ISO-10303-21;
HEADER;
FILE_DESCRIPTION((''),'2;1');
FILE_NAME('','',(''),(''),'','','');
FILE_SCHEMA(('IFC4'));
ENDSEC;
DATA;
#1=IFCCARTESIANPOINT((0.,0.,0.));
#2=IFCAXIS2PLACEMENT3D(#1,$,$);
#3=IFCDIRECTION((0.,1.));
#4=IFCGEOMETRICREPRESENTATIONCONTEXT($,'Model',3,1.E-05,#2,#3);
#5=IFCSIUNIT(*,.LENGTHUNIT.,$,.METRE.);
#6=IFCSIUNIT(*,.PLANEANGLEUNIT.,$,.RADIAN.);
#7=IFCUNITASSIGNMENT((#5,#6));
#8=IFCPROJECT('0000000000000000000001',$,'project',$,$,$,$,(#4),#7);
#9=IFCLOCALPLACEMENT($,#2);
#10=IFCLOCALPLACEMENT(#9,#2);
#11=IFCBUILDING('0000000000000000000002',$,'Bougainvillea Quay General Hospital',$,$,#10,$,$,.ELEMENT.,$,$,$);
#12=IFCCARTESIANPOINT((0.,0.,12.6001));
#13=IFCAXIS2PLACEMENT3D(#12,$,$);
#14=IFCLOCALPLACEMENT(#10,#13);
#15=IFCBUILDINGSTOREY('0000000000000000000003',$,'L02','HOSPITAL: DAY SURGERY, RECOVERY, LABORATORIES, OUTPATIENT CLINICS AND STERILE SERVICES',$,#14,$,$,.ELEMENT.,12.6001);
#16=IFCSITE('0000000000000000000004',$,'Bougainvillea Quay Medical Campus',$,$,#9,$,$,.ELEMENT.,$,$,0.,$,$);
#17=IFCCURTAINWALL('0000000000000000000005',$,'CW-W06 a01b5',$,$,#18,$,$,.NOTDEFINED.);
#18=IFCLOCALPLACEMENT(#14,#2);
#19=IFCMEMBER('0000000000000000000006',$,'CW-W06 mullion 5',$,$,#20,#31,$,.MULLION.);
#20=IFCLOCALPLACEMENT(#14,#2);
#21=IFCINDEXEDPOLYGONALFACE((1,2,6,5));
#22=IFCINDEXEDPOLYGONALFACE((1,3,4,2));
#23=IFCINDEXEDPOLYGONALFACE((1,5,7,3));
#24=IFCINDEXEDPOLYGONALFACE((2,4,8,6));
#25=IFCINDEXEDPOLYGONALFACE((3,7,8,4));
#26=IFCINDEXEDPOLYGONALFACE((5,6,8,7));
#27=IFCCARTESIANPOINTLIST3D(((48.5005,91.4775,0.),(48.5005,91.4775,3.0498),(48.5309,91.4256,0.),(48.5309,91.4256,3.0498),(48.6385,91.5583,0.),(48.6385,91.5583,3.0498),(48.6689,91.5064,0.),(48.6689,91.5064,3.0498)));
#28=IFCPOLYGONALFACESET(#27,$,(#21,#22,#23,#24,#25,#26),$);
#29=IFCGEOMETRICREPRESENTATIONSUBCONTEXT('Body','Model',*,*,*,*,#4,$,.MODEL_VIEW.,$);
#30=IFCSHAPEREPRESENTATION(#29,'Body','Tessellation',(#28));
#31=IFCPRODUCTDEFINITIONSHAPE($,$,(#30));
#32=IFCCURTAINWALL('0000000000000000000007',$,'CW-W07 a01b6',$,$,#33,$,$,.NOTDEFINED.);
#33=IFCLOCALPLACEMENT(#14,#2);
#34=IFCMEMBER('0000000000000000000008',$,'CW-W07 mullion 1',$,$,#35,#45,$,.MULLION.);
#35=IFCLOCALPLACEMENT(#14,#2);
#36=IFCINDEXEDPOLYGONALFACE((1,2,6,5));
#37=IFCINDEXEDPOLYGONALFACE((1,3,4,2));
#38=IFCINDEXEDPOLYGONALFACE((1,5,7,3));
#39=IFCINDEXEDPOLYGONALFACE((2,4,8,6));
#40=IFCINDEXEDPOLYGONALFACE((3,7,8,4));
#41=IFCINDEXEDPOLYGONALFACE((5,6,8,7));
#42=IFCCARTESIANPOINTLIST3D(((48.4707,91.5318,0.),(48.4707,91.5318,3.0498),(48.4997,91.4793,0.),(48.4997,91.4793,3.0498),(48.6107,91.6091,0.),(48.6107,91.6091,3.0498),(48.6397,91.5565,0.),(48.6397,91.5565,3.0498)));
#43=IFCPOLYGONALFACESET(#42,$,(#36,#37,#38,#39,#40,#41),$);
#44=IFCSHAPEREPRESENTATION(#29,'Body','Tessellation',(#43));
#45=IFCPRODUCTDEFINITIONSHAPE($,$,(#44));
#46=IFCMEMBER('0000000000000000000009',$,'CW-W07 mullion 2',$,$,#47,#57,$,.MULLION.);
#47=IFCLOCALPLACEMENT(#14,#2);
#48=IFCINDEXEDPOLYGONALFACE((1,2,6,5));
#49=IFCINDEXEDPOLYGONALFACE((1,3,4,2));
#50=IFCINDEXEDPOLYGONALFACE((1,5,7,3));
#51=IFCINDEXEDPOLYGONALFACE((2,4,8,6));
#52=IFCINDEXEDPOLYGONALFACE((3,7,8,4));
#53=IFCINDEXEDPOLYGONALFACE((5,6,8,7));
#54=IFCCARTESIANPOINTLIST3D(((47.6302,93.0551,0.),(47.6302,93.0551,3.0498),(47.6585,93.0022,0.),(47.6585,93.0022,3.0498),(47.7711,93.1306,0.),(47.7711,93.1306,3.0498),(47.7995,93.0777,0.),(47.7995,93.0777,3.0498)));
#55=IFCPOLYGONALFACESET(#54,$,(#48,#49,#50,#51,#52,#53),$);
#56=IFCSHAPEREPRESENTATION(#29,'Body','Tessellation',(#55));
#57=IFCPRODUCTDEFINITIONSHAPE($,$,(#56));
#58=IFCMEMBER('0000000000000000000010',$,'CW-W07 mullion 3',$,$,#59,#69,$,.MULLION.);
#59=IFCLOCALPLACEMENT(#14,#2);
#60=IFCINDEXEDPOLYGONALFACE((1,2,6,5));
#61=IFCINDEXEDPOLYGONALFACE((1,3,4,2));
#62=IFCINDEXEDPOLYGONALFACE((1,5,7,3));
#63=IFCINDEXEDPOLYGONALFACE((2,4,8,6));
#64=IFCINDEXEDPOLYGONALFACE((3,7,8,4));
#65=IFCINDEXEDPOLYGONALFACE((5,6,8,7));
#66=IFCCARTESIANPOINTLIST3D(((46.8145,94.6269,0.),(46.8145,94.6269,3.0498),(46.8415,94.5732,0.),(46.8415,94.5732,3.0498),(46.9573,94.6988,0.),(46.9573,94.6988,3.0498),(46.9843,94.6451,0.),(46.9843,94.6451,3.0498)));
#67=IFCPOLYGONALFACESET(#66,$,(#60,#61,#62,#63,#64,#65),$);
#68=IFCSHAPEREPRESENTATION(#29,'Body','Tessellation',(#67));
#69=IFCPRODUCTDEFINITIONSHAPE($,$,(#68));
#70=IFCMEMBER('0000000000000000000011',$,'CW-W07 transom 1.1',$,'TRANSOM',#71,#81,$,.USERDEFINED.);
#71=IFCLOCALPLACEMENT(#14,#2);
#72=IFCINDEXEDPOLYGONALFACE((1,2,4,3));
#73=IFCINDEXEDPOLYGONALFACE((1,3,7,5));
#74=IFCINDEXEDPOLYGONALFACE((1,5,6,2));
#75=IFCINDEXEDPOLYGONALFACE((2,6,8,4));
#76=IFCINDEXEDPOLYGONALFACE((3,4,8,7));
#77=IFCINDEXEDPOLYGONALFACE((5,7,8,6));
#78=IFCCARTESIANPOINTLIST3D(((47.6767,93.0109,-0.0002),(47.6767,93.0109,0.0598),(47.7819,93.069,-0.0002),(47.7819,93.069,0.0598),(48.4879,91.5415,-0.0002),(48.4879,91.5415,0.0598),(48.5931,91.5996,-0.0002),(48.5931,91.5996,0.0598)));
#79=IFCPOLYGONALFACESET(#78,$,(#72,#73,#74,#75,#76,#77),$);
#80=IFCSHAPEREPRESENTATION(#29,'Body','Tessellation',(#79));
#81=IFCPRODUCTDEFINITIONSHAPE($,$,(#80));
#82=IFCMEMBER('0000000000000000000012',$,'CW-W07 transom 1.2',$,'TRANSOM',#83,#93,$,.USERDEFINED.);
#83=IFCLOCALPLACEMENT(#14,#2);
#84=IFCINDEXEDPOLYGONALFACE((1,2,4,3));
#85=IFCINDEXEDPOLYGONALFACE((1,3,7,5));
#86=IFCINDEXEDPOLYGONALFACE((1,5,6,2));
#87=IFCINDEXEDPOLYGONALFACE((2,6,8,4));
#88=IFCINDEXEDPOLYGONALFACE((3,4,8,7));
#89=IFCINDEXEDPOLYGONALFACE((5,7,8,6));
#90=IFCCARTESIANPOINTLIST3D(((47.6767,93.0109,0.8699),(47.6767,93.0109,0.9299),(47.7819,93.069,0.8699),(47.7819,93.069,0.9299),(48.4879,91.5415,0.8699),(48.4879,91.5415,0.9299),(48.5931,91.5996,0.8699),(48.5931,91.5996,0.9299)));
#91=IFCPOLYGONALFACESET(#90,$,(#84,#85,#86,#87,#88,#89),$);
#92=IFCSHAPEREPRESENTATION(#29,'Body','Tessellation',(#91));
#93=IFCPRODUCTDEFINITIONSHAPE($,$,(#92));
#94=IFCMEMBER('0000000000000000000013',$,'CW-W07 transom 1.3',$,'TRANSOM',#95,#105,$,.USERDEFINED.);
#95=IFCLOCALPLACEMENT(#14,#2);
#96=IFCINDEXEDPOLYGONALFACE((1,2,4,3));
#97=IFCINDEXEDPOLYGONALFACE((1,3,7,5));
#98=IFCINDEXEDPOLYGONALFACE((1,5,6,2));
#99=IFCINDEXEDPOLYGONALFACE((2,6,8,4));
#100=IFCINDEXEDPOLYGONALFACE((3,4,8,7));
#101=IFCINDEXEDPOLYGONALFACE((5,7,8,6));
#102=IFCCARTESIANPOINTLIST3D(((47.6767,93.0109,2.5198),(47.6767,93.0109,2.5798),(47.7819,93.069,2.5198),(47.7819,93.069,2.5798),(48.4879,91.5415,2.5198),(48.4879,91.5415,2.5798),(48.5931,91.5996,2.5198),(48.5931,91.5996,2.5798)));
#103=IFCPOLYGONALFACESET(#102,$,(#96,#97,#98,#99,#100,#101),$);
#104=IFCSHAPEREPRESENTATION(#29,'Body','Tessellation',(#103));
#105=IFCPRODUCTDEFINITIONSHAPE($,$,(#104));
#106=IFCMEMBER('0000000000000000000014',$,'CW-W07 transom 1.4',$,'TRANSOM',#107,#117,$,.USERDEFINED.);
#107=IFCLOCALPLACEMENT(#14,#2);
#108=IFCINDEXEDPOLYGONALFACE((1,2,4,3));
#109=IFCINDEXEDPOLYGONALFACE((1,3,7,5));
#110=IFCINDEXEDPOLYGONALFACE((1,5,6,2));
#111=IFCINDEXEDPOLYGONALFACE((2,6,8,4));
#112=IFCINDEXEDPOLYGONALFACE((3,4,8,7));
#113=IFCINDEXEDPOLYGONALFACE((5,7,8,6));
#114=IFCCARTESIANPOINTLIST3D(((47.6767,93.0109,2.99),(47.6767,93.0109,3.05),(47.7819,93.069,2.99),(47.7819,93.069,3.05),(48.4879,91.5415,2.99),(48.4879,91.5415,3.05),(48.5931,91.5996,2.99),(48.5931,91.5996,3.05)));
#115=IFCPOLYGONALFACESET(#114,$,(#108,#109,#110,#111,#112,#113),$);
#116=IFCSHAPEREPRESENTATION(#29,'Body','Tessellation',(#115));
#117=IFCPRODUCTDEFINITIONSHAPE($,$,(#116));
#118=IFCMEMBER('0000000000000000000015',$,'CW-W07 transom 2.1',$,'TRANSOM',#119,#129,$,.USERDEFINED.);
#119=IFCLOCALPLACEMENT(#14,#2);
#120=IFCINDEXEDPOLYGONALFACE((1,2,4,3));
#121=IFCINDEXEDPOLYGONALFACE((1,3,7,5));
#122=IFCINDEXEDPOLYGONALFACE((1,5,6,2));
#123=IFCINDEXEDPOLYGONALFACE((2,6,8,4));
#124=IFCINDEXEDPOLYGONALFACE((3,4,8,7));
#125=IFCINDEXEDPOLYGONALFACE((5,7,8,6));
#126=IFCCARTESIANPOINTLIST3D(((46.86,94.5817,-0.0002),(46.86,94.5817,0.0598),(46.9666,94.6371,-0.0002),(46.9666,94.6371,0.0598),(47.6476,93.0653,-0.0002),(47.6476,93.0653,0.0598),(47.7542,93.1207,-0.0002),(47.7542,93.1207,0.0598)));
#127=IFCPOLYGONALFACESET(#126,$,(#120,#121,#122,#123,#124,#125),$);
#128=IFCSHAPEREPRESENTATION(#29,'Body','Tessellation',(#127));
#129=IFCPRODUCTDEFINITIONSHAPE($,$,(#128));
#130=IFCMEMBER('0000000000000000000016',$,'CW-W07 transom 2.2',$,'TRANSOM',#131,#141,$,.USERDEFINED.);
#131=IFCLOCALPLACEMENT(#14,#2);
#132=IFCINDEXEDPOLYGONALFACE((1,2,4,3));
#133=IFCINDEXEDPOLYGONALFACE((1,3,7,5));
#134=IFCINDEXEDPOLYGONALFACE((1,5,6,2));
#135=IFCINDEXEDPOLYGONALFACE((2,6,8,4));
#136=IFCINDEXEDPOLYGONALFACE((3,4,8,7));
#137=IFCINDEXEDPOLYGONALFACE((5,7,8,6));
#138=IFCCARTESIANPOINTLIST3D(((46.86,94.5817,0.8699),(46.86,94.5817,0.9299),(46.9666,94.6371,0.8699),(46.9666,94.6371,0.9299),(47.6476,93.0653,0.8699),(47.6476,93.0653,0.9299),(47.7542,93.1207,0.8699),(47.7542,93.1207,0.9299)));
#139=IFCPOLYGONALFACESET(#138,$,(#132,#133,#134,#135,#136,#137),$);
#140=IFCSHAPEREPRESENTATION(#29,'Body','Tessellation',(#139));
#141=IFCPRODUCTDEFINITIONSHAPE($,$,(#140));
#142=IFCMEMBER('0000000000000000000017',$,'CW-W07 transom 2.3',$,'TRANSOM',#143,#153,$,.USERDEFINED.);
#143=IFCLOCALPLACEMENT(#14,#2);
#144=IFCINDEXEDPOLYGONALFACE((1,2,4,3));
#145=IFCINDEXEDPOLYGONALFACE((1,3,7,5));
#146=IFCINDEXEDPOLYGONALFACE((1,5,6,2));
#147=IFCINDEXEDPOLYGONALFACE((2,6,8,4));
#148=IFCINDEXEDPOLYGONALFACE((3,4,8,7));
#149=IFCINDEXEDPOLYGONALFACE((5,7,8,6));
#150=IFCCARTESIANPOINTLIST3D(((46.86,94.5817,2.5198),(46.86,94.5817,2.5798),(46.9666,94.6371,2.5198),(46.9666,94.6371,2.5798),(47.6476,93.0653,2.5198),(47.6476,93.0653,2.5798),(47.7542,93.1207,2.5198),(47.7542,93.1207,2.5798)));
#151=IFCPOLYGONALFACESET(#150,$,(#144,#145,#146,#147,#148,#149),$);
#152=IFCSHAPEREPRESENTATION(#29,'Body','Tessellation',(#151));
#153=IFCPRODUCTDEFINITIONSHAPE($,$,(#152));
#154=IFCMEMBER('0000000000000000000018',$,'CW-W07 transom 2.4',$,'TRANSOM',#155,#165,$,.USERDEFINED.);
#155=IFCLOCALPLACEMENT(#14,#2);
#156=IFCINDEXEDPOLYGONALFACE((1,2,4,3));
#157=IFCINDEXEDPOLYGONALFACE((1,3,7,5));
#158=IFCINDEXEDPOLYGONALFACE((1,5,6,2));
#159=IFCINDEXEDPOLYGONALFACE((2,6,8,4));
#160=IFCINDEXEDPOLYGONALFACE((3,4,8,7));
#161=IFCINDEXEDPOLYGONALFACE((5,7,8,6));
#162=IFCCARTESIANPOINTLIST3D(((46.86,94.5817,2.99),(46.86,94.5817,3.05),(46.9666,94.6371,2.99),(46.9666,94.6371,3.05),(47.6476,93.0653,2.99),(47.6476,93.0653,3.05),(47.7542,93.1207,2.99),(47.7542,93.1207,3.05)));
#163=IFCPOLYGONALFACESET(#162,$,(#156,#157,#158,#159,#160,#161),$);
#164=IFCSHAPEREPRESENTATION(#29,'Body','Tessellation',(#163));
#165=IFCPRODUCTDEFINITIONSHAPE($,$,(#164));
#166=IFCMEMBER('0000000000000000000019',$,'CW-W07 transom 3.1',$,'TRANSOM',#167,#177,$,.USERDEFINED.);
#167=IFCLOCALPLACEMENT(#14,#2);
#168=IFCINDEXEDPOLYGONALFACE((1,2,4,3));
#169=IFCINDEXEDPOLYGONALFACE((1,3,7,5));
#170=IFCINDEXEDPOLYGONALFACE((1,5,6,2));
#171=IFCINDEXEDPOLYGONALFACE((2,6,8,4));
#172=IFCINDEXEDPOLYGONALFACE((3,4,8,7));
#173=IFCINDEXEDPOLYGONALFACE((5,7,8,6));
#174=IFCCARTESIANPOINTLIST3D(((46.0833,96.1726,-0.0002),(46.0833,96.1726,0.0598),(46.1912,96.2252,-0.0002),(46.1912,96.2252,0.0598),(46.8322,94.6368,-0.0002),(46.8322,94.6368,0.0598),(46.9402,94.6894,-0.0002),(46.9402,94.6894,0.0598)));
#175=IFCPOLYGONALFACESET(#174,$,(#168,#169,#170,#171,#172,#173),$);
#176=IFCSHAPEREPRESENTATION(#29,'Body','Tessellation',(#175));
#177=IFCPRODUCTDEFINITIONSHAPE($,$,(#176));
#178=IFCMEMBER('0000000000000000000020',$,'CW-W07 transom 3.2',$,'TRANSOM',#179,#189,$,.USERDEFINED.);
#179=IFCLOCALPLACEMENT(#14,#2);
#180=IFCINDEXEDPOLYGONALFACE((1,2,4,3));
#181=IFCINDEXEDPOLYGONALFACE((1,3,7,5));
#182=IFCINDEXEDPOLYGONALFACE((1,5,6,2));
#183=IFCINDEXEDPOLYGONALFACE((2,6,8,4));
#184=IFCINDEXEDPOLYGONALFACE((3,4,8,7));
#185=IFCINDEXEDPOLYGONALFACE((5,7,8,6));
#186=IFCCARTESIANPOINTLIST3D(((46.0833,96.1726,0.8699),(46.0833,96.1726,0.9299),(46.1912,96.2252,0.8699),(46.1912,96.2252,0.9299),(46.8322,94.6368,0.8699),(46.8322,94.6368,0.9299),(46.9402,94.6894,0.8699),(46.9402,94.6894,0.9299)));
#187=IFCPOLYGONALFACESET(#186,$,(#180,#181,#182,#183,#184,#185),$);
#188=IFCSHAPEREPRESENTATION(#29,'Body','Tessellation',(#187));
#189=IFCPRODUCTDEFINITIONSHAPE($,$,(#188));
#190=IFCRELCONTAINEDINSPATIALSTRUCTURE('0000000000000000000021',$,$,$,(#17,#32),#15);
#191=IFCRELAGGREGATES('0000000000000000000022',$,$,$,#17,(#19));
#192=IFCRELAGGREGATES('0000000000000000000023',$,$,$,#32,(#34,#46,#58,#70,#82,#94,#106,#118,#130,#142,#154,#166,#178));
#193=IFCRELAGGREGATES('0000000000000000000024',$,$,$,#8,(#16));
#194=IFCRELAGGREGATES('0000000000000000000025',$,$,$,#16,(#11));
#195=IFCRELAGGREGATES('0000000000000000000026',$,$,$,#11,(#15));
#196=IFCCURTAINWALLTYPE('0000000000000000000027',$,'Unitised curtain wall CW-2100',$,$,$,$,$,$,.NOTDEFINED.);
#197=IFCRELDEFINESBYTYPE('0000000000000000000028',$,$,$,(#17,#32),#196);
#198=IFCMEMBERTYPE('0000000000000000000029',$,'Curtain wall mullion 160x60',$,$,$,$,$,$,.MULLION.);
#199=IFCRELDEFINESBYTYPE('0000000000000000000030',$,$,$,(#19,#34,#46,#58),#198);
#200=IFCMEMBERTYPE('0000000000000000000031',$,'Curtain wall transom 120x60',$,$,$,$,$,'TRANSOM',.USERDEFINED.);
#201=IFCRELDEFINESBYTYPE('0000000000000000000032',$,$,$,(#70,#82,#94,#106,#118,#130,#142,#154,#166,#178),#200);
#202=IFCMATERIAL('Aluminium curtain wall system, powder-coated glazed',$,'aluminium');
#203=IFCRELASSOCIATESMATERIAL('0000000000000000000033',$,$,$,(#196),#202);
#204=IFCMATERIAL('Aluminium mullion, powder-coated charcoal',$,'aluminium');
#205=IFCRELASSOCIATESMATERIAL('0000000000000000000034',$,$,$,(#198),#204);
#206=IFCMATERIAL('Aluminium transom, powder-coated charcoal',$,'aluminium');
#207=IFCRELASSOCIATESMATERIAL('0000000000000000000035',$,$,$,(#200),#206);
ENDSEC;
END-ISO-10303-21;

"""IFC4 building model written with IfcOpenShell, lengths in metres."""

from ifc_helpers import new_model, si_unit, direction, frame, origin, origin_2d, place, context, subcontext, project, spatial, rectangle, extrude, material, material_profile, profile_set, type_object, element, aggregate, save


model = new_model("IFC4")

# Units and contexts
model_context = context("Model", 3, precision=1e-05, world=origin(), true_north=direction((0.0, 1.0)))
body_context = subcontext(model_context, "Body", "Model", "MODEL_VIEW")
ifc_project = project(units=[si_unit("LENGTHUNIT", "METRE"), si_unit("PLANEANGLEUNIT", "RADIAN")], contexts=[model_context])

# Site, building, storey
site_placement = place(None, origin())
site = spatial("IfcSite", under=ifc_project, at=site_placement, Name="Bougainvillea Quay Medical Campus", CompositionType="ELEMENT", RefElevation=0.0)
building_placement = place(site_placement, origin())
building = spatial("IfcBuilding", under=site, at=building_placement, Name="Bougainvillea Quay General Hospital", CompositionType="ELEMENT")
storey_placement = place(building_placement, frame((0.0, 0.0, 12.6001)))
storey = spatial("IfcBuildingStorey", under=building, at=storey_placement, Name="L02", Description="HOSPITAL: DAY SURGERY, RECOVERY, LABORATORIES, OUTPATIENT CLINICS AND STERILE SERVICES", CompositionType="ELEMENT", Elevation=12.6001)

# Curtain wall, member
ifc_material_1 = material(Name="Aluminium curtain wall system, powder-coated glazed", Category="aluminium")
curtain_wall_type = type_object("IfcCurtainWallType", Name="Unitised curtain wall CW-2100", PredefinedType="NOTDEFINED", material=ifc_material_1)
curtain_wall_1_placement = place(storey_placement, origin())
curtain_wall_1 = element("IfcCurtainWall", 1, at=curtain_wall_1_placement, inside=storey, type_object=curtain_wall_type, Name="CW-W06 a01b5", PredefinedType="NOTDEFINED")
ifc_material_2 = material(Name="Aluminium mullion, powder-coated charcoal", Category="aluminium")
ifc_material_profile_1 = material_profile(ifc_material_2, rectangle(XDim=0.1599, YDim=0.0601, at=origin_2d()))
ifc_profile_set_1 = profile_set([ifc_material_profile_1], Name="Aluminium mullion, powder-coated charcoal")
member_type_1 = type_object("IfcMemberType", Name="Curtain wall mullion 160x60", PredefinedType="MULLION", material=ifc_profile_set_1)
member_1_placement = place(storey_placement, frame((48.5847, 91.4919, 0.0), z_axis=(0.0, 0.0, 1.0), x_axis=(-0.862915, -0.505349, 0.0)))
member_1 = element("IfcMember", 2, at=member_1_placement, type_object=member_type_1, Name="CW-W06 mullion 5", PredefinedType="MULLION", context=body_context, shape_type="SweptSolid", body=[
    extrude(rectangle(XDim=0.1599, YDim=0.0601, at=origin_2d()), origin(), (0.0, 0.0, 1.0), 3.0498),
])
aggregate(curtain_wall_1, [member_1])

# Curtain wall, members
curtain_wall_2_placement = place(storey_placement, origin())
curtain_wall_2 = element("IfcCurtainWall", 3, at=curtain_wall_2_placement, inside=storey, type_object=curtain_wall_type, Name="CW-W07 a01b6", PredefinedType="NOTDEFINED")
member_2_placement = place(storey_placement, frame((48.5552, 91.5442, 0.0), z_axis=(0.0, 0.0, 1.0), x_axis=(-0.875452, -0.483305, 0.0)))
member_2 = element("IfcMember", 4, at=member_2_placement, type_object=member_type_1, Name="CW-W07 mullion 1", PredefinedType="MULLION", context=body_context, shape_type="SweptSolid", body=[
    extrude(rectangle(XDim=0.1599, YDim=0.0601, at=origin_2d()), origin(), (0.0, 0.0, 1.0), 3.0498),
])
member_3_placement = place(storey_placement, frame((47.7148, 93.0664, 0.0), z_axis=(0.0, 0.0, 1.0), x_axis=(-0.88151, -0.472166, 0.0)))
member_3 = element("IfcMember", 5, at=member_3_placement, type_object=member_type_1, Name="CW-W07 mullion 2", PredefinedType="MULLION", context=body_context, shape_type="SweptSolid", body=[
    extrude(rectangle(XDim=0.1599, YDim=0.0601, at=origin_2d()), origin(), (0.0, 0.0, 1.0), 3.0498),
])
member_4_placement = place(storey_placement, frame((46.8994, 94.636, 0.0), z_axis=(0.0, 0.0, 1.0), x_axis=(-0.893199, -0.449662, 0.0)))
member_4 = element("IfcMember", 6, at=member_4_placement, type_object=member_type_1, Name="CW-W07 mullion 3", PredefinedType="MULLION", context=body_context, shape_type="SweptSolid", body=[
    extrude(rectangle(XDim=0.1599, YDim=0.0601, at=origin_2d()), origin(), (0.0, 0.0, 1.0), 3.0498),
])
ifc_material_3 = material(Name="Aluminium transom, powder-coated charcoal", Category="aluminium")
ifc_material_profile_2 = material_profile(ifc_material_3, rectangle(XDim=0.1201, YDim=0.0601, at=origin_2d()))
ifc_profile_set_2 = profile_set([ifc_material_profile_2], Name="Aluminium transom, powder-coated charcoal")
member_type_2 = type_object("IfcMemberType", Name="Curtain wall transom 120x60", ElementType="TRANSOM", PredefinedType="USERDEFINED", material=ifc_profile_set_2)
member_5_placement = place(storey_placement, frame((48.5405, 91.5706, 0.0298), z_axis=(-0.48332, 0.875444, 0.0), x_axis=(-0.875444, -0.48332, 0.0)))
member_5 = element("IfcMember", 7, at=member_5_placement, type_object=member_type_2, Name="CW-W07 transom 1.1", ObjectType="TRANSOM", PredefinedType="USERDEFINED", context=body_context, shape_type="SweptSolid", body=[
    extrude(rectangle(XDim=0.1201, YDim=0.0601, at=origin_2d()), origin(), (0.0, 0.0, 1.0), 1.6785),
])
member_6_placement = place(storey_placement, frame((48.5405, 91.5706, 0.8999), z_axis=(-0.48332, 0.875444, 0.0), x_axis=(-0.875444, -0.48332, 0.0)))
member_6 = element("IfcMember", 8, at=member_6_placement, type_object=member_type_2, Name="CW-W07 transom 1.2", ObjectType="TRANSOM", PredefinedType="USERDEFINED", context=body_context, shape_type="SweptSolid", body=[
    extrude(rectangle(XDim=0.1201, YDim=0.0601, at=origin_2d()), origin(), (0.0, 0.0, 1.0), 1.6785),
])
member_7_placement = place(storey_placement, frame((48.5405, 91.5706, 2.5498), z_axis=(-0.48332, 0.875444, 0.0), x_axis=(-0.875444, -0.48332, 0.0)))
member_7 = element("IfcMember", 9, at=member_7_placement, type_object=member_type_2, Name="CW-W07 transom 1.3", ObjectType="TRANSOM", PredefinedType="USERDEFINED", context=body_context, shape_type="SweptSolid", body=[
    extrude(rectangle(XDim=0.1201, YDim=0.0601, at=origin_2d()), origin(), (0.0, 0.0, 1.0), 1.6785),
])
member_8_placement = place(storey_placement, frame((48.5405, 91.5706, 3.02), z_axis=(-0.48332, 0.875444, 0.0), x_axis=(-0.875444, -0.48332, 0.0)))
member_8 = element("IfcMember", 10, at=member_8_placement, type_object=member_type_2, Name="CW-W07 transom 1.4", ObjectType="TRANSOM", PredefinedType="USERDEFINED", context=body_context, shape_type="SweptSolid", body=[
    extrude(rectangle(XDim=0.1201, YDim=0.0601, at=origin_2d()), origin(), (0.0, 0.0, 1.0), 1.6785),
])
member_9_placement = place(storey_placement, frame((47.7009, 93.093, 0.0298), z_axis=(-0.460934, 0.887434, 0.0), x_axis=(-0.887434, -0.460934, 0.0)))
member_9 = element("IfcMember", 11, at=member_9_placement, type_object=member_type_2, Name="CW-W07 transom 2.1", ObjectType="TRANSOM", PredefinedType="USERDEFINED", context=body_context, shape_type="SweptSolid", body=[
    extrude(rectangle(XDim=0.1201, YDim=0.0601, at=origin_2d()), origin(), (0.0, 0.0, 1.0), 1.7087),
])
member_10_placement = place(storey_placement, frame((47.7009, 93.093, 0.8999), z_axis=(-0.460934, 0.887434, 0.0), x_axis=(-0.887434, -0.460934, 0.0)))
member_10 = element("IfcMember", 12, at=member_10_placement, type_object=member_type_2, Name="CW-W07 transom 2.2", ObjectType="TRANSOM", PredefinedType="USERDEFINED", context=body_context, shape_type="SweptSolid", body=[
    extrude(rectangle(XDim=0.1201, YDim=0.0601, at=origin_2d()), origin(), (0.0, 0.0, 1.0), 1.7087),
])
member_11_placement = place(storey_placement, frame((47.7009, 93.093, 2.5498), z_axis=(-0.460934, 0.887434, 0.0), x_axis=(-0.887434, -0.460934, 0.0)))
member_11 = element("IfcMember", 13, at=member_11_placement, type_object=member_type_2, Name="CW-W07 transom 2.3", ObjectType="TRANSOM", PredefinedType="USERDEFINED", context=body_context, shape_type="SweptSolid", body=[
    extrude(rectangle(XDim=0.1201, YDim=0.0601, at=origin_2d()), origin(), (0.0, 0.0, 1.0), 1.7087),
])
member_12_placement = place(storey_placement, frame((47.7009, 93.093, 3.02), z_axis=(-0.460934, 0.887434, 0.0), x_axis=(-0.887434, -0.460934, 0.0)))
member_12 = element("IfcMember", 14, at=member_12_placement, type_object=member_type_2, Name="CW-W07 transom 2.4", ObjectType="TRANSOM", PredefinedType="USERDEFINED", context=body_context, shape_type="SweptSolid", body=[
    extrude(rectangle(XDim=0.1201, YDim=0.0601, at=origin_2d()), origin(), (0.0, 0.0, 1.0), 1.7087),
])
member_13_placement = place(storey_placement, frame((46.8862, 94.6631, 0.0298), z_axis=(-0.438334, 0.898812, 0.0), x_axis=(-0.898812, -0.438334, 0.0)))
member_13 = element("IfcMember", 15, at=member_13_placement, type_object=member_type_2, Name="CW-W07 transom 3.1", ObjectType="TRANSOM", PredefinedType="USERDEFINED", context=body_context, shape_type="SweptSolid", body=[
    extrude(rectangle(XDim=0.1201, YDim=0.0601, at=origin_2d()), origin(), (0.0, 0.0, 1.0), 1.7087),
])
member_14_placement = place(storey_placement, frame((46.8862, 94.6631, 0.8999), z_axis=(-0.438334, 0.898812, 0.0), x_axis=(-0.898812, -0.438334, 0.0)))
member_14 = element("IfcMember", 16, at=member_14_placement, type_object=member_type_2, Name="CW-W07 transom 3.2", ObjectType="TRANSOM", PredefinedType="USERDEFINED", context=body_context, shape_type="SweptSolid", body=[
    extrude(rectangle(XDim=0.1201, YDim=0.0601, at=origin_2d()), origin(), (0.0, 0.0, 1.0), 1.7087),
])
aggregate(curtain_wall_2, [member_2, member_3, member_4, member_5, member_6, member_7, member_8, member_9, member_10, member_11, member_12, member_13, member_14])

save(model, "model.ifc")
